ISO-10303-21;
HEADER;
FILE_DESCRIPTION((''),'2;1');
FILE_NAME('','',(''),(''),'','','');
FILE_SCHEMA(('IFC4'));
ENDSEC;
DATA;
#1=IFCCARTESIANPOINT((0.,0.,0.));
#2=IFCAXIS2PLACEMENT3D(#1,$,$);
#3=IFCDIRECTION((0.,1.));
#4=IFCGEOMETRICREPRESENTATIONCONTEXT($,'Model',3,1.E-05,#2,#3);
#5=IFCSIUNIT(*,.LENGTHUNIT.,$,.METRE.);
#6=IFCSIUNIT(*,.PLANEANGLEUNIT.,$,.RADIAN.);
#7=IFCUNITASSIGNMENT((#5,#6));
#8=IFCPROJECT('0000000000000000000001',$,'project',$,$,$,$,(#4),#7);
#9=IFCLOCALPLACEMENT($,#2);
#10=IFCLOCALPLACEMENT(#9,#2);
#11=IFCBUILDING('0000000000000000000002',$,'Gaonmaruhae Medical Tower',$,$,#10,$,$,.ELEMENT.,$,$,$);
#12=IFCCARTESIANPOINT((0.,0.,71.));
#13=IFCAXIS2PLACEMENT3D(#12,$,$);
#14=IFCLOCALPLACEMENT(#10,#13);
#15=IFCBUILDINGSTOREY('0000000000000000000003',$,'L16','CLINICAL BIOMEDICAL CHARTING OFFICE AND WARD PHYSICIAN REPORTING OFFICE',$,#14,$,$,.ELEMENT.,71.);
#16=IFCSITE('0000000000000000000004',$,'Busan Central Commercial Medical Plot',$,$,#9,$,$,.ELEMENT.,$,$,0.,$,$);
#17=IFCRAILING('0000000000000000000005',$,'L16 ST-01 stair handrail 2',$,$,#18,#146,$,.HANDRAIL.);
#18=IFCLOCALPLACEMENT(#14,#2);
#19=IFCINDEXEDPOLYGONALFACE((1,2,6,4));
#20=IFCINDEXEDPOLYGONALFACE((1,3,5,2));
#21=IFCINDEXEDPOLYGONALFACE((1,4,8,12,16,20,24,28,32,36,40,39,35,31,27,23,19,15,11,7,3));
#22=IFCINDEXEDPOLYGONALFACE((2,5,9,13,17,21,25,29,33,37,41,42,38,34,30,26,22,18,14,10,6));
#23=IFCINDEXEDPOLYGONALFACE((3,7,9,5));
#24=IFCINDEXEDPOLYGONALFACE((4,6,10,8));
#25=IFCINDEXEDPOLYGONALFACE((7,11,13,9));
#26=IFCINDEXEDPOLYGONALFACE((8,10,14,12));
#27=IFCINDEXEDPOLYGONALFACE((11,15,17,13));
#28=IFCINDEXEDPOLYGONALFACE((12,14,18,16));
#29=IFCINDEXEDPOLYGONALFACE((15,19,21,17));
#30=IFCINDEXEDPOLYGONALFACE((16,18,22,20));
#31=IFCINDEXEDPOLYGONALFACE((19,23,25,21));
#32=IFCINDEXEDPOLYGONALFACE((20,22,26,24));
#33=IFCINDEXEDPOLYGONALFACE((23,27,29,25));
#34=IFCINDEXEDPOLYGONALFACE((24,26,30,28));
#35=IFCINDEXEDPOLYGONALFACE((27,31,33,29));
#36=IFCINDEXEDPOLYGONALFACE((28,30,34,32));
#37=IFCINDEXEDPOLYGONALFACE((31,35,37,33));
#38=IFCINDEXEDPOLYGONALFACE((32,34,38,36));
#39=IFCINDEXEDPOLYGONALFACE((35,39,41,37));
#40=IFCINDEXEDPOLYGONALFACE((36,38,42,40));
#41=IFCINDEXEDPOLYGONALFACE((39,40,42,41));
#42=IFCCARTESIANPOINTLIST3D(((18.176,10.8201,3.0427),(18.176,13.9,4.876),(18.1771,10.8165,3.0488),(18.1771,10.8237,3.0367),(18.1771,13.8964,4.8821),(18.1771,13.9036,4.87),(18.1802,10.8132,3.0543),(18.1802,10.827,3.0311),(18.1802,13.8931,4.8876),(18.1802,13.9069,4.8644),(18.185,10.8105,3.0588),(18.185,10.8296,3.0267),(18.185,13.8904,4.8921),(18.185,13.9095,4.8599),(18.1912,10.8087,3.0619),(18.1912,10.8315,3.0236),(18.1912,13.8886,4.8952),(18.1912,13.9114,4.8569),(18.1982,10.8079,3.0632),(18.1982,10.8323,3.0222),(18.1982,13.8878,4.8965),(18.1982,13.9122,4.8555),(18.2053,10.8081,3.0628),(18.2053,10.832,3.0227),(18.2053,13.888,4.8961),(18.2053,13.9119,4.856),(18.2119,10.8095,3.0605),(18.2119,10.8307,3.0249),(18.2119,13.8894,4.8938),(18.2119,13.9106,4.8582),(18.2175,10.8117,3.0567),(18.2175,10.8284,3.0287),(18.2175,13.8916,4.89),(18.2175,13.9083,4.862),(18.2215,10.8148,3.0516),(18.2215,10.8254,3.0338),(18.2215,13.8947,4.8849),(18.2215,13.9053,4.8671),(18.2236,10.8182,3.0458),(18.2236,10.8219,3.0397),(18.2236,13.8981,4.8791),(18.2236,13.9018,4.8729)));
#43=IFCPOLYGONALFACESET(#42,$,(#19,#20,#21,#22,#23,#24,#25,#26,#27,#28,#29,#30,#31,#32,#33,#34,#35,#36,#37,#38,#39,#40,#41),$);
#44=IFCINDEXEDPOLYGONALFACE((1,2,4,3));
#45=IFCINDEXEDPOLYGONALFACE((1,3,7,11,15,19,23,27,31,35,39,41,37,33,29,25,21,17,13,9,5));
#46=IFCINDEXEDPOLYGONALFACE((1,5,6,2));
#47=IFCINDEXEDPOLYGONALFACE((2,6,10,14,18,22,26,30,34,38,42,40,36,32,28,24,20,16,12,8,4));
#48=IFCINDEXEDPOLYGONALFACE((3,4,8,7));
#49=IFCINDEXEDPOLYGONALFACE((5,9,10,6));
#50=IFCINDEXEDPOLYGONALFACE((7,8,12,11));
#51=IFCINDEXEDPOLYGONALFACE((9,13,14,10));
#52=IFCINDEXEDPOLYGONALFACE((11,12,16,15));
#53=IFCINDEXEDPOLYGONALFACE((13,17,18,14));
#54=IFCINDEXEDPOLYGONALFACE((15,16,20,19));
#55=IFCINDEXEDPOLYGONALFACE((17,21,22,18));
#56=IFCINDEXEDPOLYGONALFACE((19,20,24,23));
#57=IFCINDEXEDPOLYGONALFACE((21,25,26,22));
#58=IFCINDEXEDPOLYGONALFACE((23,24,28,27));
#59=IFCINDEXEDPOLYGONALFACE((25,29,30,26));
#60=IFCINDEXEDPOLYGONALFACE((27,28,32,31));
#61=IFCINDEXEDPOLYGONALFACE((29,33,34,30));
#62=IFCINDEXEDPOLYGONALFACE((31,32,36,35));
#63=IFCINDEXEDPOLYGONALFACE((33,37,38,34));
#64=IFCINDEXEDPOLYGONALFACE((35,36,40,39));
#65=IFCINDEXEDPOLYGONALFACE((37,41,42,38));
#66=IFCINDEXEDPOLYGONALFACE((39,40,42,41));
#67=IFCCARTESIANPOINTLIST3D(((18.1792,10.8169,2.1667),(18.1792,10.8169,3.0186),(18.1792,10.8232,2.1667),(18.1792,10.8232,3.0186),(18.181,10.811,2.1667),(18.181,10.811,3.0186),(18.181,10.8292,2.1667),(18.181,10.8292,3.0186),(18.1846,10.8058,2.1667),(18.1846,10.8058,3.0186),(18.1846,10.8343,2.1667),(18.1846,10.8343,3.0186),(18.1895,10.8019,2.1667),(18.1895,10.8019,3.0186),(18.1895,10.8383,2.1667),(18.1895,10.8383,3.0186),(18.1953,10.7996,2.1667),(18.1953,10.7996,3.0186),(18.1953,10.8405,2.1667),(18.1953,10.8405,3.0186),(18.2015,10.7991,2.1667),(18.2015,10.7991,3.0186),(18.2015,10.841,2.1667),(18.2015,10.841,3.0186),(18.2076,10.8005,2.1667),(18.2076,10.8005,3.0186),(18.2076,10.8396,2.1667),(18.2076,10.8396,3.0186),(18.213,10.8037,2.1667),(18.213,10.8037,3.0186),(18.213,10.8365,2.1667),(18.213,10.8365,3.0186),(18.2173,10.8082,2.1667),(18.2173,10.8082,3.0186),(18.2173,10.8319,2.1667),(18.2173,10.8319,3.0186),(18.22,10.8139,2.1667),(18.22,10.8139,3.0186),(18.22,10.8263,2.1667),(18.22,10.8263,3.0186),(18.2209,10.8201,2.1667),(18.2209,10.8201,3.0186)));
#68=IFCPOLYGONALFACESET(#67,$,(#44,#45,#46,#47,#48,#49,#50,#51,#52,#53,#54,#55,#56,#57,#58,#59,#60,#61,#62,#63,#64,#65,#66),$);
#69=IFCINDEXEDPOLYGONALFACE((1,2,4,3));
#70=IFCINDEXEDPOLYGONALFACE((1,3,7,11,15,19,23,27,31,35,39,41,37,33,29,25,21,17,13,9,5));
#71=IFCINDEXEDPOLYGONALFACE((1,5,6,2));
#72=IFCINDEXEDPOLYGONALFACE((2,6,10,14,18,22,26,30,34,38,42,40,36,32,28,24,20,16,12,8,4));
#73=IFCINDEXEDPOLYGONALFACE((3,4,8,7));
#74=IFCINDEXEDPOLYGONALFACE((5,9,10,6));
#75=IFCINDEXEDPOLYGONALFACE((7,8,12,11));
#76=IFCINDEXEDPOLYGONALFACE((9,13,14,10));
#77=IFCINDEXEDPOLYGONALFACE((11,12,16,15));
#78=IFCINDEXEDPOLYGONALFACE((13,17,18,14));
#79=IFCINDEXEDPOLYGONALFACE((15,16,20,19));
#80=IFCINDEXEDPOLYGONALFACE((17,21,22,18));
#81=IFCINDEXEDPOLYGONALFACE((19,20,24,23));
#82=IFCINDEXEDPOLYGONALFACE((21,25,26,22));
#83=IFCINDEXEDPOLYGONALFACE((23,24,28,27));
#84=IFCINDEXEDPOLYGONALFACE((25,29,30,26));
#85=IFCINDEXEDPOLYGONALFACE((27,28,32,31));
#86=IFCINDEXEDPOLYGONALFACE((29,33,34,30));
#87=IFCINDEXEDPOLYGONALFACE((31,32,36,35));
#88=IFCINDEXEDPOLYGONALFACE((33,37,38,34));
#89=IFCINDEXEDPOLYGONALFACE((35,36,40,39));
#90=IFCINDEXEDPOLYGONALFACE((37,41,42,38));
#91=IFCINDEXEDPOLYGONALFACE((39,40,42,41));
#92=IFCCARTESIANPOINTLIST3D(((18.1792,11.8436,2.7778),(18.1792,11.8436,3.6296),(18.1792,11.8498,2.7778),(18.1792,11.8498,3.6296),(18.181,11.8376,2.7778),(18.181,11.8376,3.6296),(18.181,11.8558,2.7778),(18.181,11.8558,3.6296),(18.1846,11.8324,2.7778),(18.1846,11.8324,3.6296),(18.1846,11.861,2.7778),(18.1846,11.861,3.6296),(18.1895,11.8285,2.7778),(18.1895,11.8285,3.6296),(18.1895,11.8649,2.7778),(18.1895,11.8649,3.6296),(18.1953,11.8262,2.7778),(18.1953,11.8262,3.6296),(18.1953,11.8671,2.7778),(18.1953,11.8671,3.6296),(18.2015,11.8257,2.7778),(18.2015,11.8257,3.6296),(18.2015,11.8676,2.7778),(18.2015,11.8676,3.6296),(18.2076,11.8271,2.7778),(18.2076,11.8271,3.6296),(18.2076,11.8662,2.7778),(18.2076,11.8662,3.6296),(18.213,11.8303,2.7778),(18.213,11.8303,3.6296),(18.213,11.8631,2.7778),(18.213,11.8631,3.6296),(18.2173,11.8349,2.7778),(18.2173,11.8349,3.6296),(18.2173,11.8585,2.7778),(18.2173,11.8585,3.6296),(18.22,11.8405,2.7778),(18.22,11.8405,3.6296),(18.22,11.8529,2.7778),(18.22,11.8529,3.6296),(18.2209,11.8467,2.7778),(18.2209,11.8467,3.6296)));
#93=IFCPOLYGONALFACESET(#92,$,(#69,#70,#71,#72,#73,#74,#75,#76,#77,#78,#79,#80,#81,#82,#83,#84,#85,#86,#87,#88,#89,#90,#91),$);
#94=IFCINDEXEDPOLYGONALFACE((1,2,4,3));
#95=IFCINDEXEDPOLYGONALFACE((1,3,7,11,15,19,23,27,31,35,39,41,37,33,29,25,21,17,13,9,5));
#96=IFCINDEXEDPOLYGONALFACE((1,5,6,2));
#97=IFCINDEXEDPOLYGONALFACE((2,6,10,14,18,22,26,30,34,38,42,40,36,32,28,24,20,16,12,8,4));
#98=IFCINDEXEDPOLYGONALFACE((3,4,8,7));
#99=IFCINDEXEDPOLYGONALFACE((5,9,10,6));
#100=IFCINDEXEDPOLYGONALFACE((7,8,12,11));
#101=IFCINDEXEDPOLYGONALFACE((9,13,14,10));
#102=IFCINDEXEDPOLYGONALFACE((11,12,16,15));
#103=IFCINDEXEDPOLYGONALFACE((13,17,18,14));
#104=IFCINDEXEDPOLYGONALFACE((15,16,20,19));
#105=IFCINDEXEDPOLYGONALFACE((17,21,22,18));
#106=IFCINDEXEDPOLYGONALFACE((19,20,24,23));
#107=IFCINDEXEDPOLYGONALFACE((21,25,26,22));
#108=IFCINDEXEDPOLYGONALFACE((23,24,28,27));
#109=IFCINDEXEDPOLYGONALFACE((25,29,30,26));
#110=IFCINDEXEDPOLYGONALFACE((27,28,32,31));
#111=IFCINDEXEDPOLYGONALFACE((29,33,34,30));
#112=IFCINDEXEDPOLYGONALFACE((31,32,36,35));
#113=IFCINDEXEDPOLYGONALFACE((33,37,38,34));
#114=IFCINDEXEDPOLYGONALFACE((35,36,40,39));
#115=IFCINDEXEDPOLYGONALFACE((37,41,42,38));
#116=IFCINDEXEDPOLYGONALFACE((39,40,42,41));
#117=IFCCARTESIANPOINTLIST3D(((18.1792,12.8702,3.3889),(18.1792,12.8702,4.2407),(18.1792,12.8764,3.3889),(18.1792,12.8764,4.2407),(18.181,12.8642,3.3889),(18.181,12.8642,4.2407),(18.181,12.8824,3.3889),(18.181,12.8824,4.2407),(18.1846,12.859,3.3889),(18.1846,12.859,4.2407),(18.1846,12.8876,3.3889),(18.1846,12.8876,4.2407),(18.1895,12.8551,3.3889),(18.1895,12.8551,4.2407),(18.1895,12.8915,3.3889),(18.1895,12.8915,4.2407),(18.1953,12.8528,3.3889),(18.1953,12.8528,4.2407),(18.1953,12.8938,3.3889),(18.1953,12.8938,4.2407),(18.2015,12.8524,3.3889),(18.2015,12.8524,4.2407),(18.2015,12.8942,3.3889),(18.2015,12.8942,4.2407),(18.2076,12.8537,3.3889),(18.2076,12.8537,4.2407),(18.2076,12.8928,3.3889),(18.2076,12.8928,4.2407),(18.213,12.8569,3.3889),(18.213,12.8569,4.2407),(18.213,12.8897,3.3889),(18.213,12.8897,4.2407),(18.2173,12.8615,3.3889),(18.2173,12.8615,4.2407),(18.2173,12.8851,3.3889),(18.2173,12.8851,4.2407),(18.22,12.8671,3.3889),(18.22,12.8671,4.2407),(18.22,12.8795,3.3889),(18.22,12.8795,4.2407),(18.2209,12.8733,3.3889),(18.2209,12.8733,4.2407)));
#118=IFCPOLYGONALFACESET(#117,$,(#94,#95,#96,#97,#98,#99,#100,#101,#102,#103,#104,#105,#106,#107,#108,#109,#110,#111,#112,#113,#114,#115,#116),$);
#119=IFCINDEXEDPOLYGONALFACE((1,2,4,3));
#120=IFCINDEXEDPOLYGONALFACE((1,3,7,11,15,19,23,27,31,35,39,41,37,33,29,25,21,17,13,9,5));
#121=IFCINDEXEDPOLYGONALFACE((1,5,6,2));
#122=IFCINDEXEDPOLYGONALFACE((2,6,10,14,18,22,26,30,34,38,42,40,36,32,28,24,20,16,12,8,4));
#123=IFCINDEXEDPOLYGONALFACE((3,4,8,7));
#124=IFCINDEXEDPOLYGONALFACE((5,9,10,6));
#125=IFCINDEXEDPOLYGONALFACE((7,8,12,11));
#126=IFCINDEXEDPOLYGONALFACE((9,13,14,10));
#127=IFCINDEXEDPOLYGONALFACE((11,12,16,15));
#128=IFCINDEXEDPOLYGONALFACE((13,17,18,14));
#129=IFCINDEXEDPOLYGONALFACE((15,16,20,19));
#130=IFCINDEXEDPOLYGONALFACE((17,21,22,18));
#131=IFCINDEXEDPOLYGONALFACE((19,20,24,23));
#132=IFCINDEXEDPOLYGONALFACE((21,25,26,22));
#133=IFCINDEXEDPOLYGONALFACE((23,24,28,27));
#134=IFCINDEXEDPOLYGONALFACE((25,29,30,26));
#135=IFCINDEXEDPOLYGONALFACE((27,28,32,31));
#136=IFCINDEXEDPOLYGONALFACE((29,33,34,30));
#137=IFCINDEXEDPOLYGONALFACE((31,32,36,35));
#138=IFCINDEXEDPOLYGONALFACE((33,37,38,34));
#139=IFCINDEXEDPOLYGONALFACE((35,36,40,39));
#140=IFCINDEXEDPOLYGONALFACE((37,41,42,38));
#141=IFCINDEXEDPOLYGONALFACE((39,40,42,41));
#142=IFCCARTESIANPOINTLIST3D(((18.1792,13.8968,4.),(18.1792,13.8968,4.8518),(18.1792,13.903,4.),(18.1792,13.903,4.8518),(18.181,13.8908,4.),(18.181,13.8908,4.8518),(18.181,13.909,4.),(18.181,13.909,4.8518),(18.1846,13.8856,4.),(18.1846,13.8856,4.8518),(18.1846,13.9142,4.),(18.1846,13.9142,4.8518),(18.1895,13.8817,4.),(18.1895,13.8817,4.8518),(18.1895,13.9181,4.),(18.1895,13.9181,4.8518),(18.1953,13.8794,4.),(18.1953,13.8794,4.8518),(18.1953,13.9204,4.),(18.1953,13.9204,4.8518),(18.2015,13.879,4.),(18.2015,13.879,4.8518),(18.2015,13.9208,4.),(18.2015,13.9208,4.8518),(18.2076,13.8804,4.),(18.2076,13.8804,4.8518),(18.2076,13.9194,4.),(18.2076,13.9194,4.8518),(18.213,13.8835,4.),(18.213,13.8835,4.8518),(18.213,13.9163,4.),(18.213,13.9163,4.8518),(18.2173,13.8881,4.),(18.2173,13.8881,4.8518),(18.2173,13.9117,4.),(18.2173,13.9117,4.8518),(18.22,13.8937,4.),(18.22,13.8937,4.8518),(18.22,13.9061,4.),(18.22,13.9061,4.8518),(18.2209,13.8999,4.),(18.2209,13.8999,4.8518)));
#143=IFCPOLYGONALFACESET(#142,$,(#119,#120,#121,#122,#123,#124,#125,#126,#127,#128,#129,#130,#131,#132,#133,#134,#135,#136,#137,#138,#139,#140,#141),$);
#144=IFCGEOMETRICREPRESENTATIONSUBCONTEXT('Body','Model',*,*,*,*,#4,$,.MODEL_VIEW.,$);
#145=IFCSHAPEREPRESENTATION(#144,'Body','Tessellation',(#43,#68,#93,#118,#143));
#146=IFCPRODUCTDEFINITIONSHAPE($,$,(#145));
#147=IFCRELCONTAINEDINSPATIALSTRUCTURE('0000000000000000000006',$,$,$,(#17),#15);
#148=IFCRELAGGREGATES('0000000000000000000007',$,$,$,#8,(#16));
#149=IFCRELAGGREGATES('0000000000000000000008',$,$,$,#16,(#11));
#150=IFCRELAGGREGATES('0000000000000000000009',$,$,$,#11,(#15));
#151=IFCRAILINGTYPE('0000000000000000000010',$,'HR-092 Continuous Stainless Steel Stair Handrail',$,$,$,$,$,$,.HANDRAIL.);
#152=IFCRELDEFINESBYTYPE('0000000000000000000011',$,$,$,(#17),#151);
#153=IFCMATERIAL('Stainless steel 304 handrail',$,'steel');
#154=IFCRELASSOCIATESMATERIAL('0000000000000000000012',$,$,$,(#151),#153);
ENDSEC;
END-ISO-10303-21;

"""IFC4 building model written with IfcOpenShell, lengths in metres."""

from ifc_helpers import new_model, si_unit, direction, frame, origin, origin_2d, place, context, subcontext, project, spatial, circle, extrude, material, type_object, element, save


model = new_model("IFC4")

# Units and contexts
model_context = context("Model", 3, precision=1e-05, world=origin(), true_north=direction((0.0, 1.0)))
body_context = subcontext(model_context, "Body", "Model", "MODEL_VIEW")
ifc_project = project(units=[si_unit("LENGTHUNIT", "METRE"), si_unit("PLANEANGLEUNIT", "RADIAN")], contexts=[model_context])

# Site, building, storey
site_placement = place(None, origin())
site = spatial("IfcSite", under=ifc_project, at=site_placement, Name="Busan Central Commercial Medical Plot", CompositionType="ELEMENT", RefElevation=0.0)
building_placement = place(site_placement, origin())
building = spatial("IfcBuilding", under=site, at=building_placement, Name="Gaonmaruhae Medical Tower", CompositionType="ELEMENT")
storey_placement = place(building_placement, frame((0.0, 0.0, 71.0)))
storey = spatial("IfcBuildingStorey", under=building, at=storey_placement, Name="L16", Description="CLINICAL BIOMEDICAL CHARTING OFFICE AND WARD PHYSICIAN REPORTING OFFICE", CompositionType="ELEMENT", Elevation=71.0)

# Railing
ifc_material_1 = material(Name="Stainless steel 304 handrail", Category="steel")
railing_type_1 = type_object("IfcRailingType", Name="HR-092 Continuous Stainless Steel Stair Handrail", PredefinedType="HANDRAIL", material=ifc_material_1)
railing_1_placement = place(storey_placement, frame((18.2, 10.8201, 2.1667)))
element("IfcRailing", 1, at=railing_1_placement, inside=storey, type_object=railing_type_1, Name="L16 ST-01 stair handrail 2", PredefinedType="HANDRAIL", context=body_context, shape_type="SweptSolid", body=[
    extrude(circle(Radius=0.0239, at=origin_2d()), frame((0.0, 0.0, 0.876), z_axis=(0.0, 0.859291, 0.511487), x_axis=(-1.0, 0.0, 0.0)), (0.0, 0.0, 1.0), 3.5842),
    extrude(circle(Radius=0.021, at=origin_2d()), origin(), (0.0, 0.0, 1.0), 0.8518),
    extrude(circle(Radius=0.021, at=origin_2d()), frame((0.0, 1.0266, 0.6111)), (0.0, 0.0, 1.0), 0.8518),
    extrude(circle(Radius=0.021, at=origin_2d()), frame((0.0, 2.0532, 1.2222)), (0.0, 0.0, 1.0), 0.8518),
    extrude(circle(Radius=0.021, at=origin_2d()), frame((0.0, 3.0798, 1.8333)), (0.0, 0.0, 1.0), 0.8518),
])

save(model, "model.ifc")
